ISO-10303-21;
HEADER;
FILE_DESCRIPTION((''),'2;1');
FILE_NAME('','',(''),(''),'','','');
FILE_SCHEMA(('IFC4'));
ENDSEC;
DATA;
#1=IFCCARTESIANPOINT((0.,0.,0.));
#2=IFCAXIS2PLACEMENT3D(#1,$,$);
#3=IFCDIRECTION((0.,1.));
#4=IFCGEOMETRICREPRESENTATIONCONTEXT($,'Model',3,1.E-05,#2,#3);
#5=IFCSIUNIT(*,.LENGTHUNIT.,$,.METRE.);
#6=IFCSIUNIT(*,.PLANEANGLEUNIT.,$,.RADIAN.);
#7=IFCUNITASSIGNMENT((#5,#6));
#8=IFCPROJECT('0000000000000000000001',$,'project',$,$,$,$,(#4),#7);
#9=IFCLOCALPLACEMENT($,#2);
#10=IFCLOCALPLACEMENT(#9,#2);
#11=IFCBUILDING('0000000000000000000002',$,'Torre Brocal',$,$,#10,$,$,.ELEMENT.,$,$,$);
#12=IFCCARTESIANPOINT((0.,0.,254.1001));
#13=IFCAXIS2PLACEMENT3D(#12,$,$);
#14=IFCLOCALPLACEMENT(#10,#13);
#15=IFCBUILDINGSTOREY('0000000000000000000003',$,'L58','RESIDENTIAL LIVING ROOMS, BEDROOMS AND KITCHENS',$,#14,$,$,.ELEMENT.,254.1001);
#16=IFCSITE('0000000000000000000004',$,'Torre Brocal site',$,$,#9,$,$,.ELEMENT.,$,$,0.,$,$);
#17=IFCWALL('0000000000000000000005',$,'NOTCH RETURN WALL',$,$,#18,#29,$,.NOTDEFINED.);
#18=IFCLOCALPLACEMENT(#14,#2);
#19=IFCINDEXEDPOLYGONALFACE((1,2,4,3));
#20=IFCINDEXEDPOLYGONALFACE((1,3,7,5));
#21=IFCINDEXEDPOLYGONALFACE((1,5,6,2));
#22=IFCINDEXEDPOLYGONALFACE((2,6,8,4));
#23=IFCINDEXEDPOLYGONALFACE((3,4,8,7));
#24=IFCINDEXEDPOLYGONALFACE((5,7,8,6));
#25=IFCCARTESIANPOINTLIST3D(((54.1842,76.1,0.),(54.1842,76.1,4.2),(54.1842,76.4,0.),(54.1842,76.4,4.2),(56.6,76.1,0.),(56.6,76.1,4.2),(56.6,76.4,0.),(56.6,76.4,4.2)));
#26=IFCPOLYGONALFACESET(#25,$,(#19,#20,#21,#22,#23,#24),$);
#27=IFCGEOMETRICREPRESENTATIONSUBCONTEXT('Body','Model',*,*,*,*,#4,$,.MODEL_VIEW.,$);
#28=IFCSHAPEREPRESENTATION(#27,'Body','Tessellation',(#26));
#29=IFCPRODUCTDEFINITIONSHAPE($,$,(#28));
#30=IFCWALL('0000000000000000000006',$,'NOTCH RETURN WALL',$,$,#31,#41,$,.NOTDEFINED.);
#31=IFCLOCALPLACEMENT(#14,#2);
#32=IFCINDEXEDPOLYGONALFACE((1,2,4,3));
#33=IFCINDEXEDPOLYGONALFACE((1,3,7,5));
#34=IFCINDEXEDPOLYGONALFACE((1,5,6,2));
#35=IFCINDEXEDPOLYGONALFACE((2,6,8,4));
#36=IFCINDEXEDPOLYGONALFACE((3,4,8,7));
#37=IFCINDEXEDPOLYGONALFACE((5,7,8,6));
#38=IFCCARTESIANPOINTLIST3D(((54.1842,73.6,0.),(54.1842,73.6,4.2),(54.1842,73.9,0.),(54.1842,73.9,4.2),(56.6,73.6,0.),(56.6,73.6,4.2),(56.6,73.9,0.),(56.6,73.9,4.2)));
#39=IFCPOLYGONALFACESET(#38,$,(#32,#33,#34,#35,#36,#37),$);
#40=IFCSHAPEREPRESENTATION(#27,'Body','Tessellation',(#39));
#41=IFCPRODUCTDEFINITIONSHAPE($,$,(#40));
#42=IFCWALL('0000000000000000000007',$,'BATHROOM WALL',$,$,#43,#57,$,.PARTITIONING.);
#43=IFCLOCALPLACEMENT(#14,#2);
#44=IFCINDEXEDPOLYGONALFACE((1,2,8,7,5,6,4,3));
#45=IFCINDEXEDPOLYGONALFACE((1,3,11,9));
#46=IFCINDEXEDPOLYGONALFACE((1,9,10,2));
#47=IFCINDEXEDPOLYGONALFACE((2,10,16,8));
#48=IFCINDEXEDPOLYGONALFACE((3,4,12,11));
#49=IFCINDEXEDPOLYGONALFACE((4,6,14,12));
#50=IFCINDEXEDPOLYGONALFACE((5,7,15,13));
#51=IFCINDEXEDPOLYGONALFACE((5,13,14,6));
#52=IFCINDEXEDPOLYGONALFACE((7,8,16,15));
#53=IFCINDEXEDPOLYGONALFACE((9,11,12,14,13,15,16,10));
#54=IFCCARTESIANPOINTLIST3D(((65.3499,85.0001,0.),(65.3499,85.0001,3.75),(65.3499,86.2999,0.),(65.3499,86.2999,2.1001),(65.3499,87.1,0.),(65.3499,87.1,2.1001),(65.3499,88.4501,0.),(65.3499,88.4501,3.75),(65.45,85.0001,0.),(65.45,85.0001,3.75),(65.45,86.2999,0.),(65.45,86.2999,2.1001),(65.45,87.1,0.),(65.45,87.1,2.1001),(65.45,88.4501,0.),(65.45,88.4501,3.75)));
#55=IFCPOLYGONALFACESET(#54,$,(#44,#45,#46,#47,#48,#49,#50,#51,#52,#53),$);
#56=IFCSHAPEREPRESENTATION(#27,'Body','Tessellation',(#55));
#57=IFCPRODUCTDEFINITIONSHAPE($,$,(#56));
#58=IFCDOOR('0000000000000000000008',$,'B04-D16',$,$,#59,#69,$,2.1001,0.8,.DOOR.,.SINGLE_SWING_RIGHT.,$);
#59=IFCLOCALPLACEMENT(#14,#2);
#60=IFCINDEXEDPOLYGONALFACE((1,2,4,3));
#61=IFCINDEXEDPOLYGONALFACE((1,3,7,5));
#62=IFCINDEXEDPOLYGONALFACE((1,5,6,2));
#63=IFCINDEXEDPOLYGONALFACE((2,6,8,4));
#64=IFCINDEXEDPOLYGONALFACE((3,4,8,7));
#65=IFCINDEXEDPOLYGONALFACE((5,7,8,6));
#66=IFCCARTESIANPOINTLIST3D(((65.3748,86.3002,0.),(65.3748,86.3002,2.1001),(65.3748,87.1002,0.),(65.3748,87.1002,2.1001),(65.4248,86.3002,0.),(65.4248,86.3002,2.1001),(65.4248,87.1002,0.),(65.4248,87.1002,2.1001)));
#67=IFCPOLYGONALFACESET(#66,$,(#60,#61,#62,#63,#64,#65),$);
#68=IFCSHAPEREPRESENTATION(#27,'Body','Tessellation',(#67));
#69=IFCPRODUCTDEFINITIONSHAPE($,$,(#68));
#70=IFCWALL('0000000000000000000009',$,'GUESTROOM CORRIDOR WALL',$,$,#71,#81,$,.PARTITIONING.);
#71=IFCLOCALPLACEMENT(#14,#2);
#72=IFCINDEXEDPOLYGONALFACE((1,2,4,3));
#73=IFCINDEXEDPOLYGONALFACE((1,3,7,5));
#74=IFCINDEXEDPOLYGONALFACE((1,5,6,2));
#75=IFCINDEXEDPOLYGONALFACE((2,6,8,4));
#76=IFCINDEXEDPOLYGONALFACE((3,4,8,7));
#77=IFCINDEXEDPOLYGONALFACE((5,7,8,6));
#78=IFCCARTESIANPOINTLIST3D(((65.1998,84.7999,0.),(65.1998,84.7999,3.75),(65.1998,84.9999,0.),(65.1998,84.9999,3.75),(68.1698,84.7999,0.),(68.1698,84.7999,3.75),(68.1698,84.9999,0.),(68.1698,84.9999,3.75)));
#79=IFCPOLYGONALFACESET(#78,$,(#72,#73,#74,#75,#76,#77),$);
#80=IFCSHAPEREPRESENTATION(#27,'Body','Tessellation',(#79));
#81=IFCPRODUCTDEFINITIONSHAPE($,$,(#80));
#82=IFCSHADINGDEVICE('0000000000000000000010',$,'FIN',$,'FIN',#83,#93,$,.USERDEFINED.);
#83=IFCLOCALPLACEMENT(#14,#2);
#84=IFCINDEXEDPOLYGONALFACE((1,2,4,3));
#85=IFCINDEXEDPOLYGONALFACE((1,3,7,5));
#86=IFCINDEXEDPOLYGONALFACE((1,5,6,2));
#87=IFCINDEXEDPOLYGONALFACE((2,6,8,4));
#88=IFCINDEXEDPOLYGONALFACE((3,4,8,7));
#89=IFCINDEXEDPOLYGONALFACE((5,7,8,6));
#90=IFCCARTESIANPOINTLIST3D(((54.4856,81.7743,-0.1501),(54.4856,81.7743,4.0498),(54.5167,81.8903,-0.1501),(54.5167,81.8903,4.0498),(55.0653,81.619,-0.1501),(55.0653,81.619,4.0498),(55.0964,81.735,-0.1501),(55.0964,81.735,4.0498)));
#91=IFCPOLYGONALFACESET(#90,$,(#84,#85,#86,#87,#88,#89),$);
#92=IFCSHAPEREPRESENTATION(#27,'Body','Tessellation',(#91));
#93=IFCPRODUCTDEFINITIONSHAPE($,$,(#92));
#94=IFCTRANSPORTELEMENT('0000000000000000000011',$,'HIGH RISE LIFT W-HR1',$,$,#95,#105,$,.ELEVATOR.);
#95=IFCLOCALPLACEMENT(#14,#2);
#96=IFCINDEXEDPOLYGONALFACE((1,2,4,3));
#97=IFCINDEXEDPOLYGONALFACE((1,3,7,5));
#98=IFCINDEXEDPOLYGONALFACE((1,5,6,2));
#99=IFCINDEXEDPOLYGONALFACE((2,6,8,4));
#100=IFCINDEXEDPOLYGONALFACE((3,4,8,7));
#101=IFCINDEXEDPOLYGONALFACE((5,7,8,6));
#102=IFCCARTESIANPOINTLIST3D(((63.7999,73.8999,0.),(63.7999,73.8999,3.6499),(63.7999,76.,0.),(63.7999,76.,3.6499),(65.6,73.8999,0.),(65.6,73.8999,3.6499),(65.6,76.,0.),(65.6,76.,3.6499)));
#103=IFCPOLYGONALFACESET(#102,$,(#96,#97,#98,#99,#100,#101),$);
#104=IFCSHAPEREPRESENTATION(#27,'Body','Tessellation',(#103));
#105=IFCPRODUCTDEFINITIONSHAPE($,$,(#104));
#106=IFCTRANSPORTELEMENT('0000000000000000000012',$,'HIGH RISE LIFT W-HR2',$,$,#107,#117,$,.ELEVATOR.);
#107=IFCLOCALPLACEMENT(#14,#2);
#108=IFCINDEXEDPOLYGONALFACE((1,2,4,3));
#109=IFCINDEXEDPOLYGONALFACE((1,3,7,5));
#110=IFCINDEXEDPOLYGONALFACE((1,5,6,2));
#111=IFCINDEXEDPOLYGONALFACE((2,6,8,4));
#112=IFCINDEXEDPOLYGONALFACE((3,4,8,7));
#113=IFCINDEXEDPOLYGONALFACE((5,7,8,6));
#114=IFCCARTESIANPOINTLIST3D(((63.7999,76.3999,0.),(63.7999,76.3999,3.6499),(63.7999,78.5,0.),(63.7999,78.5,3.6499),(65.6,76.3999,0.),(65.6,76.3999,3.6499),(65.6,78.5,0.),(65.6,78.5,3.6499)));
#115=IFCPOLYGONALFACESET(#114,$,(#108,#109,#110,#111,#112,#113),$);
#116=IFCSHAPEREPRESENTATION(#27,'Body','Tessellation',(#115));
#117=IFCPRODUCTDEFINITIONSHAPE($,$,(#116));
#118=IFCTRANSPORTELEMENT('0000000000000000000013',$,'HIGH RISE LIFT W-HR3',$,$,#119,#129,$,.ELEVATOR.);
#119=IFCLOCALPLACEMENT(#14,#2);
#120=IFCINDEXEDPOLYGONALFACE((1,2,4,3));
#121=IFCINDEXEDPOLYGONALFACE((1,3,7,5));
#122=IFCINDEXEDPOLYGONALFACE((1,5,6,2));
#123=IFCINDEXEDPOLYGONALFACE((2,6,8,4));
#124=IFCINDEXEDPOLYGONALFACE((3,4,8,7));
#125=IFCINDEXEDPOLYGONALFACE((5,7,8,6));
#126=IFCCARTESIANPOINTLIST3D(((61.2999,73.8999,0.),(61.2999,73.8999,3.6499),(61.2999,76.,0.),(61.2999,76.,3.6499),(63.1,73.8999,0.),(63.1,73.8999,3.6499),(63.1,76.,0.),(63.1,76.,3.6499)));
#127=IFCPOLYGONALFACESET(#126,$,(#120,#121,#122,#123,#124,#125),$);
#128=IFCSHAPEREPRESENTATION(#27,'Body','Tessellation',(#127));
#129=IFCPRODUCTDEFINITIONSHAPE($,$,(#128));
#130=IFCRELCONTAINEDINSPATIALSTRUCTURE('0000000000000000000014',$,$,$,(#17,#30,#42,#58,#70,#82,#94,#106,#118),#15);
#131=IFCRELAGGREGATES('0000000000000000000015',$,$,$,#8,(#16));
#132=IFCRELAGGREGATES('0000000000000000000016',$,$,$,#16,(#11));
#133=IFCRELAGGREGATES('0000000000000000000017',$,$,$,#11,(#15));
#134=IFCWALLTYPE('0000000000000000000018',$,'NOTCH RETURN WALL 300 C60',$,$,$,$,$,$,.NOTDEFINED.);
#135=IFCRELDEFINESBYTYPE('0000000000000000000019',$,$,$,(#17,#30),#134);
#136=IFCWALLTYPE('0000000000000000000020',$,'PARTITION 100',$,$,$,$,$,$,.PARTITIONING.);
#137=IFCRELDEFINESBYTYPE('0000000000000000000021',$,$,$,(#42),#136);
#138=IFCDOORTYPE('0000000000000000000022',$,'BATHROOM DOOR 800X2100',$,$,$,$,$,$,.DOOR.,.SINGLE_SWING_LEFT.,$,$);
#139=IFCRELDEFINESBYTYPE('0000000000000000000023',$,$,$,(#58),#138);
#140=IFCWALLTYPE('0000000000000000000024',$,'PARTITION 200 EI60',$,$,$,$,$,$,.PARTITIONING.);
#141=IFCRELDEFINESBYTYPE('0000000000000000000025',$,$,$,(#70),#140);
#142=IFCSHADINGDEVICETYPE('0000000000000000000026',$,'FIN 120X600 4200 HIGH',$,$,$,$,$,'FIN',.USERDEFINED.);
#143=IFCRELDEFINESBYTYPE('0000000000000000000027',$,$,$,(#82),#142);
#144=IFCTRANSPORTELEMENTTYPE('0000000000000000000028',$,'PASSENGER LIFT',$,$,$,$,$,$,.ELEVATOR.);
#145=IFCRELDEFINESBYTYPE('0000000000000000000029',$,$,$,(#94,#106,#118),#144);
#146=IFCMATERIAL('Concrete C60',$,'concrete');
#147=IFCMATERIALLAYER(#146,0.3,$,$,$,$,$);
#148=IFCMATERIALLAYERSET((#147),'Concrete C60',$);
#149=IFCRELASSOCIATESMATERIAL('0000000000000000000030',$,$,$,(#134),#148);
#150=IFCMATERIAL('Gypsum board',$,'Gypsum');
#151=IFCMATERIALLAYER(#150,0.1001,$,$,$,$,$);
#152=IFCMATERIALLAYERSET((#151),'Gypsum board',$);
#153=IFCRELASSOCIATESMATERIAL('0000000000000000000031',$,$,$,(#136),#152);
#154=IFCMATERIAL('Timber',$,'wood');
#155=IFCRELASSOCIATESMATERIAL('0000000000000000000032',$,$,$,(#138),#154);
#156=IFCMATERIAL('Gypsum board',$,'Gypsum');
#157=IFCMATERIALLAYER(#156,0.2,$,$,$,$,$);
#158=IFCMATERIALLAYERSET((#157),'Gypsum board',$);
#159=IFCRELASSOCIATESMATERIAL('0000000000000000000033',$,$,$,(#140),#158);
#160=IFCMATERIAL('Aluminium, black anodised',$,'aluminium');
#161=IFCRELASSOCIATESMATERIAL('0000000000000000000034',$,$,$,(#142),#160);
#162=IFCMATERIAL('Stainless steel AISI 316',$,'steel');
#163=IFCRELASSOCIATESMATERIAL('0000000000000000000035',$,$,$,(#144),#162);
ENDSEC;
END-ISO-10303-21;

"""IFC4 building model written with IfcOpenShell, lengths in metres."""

from ifc_helpers import new_model, si_unit, direction, frame, frame_2d, origin, origin_2d, place, context, subcontext, project, spatial, rectangle, extrude, material, layer, layer_set, material_profile, profile_set, type_object, element, fill, save


model = new_model("IFC4")

# Units and contexts
model_context = context("Model", 3, precision=1e-05, world=origin(), true_north=direction((0.0, 1.0)))
body_context = subcontext(model_context, "Body", "Model", "MODEL_VIEW")
ifc_project = project(units=[si_unit("LENGTHUNIT", "METRE"), si_unit("PLANEANGLEUNIT", "RADIAN")], contexts=[model_context])

# Site, building, storey
site_placement = place(None, origin())
site = spatial("IfcSite", under=ifc_project, at=site_placement, Name="Torre Brocal site", CompositionType="ELEMENT", RefElevation=0.0)
building_placement = place(site_placement, origin())
building = spatial("IfcBuilding", under=site, at=building_placement, Name="Torre Brocal", CompositionType="ELEMENT")
storey_placement = place(building_placement, frame((0.0, 0.0, 254.1001)))
storey = spatial("IfcBuildingStorey", under=building, at=storey_placement, Name="L58", Description="RESIDENTIAL LIVING ROOMS, BEDROOMS AND KITCHENS", CompositionType="ELEMENT", Elevation=254.1001)

# Walls
ifc_material_1 = material(Name="Concrete C60", Category="concrete")
ifc_layer_1 = layer(ifc_material_1, 0.3)
ifc_layer_set_1 = layer_set([ifc_layer_1], Name="Concrete C60")
wall_type_1 = type_object("IfcWallType", Name="NOTCH RETURN WALL 300 C60", PredefinedType="NOTDEFINED", material=ifc_layer_set_1)
for number, where, z_axis, x_axis, name in (
    (1, (56.6001, 76.25, 0.0), (0.0, 0.0, 1.0), (-1.0, 0.0, 0.0), "NOTCH RETURN WALL"),
    (2, (56.6001, 73.75, 0.0), (0.0, 0.0, 1.0), (-1.0, 0.0, 0.0), "NOTCH RETURN WALL"),
):
    element("IfcWall", number, at=place(storey_placement, frame(where, z_axis=z_axis, x_axis=x_axis)), inside=storey, type_object=wall_type_1, Name=name, PredefinedType="NOTDEFINED", context=body_context, shape_type="SweptSolid", body=[
        extrude(rectangle(XDim=2.4158, YDim=0.3, at=frame_2d((1.208, 0.0))), origin(), (0.0, 0.0, 1.0), 4.2),
    ])

# Wall, opening, door
ifc_material_2 = material(Name="Gypsum board", Category="Gypsum")
ifc_layer_2 = layer(ifc_material_2, 0.1001)
ifc_layer_set_2 = layer_set([ifc_layer_2], Name="Gypsum board")
wall_type_2 = type_object("IfcWallType", Name="PARTITION 100", PredefinedType="PARTITIONING", material=ifc_layer_set_2)
wall_1_placement = place(storey_placement, frame((65.3999, 85.0, 0.0), z_axis=(0.0, 0.0, 1.0), x_axis=(0.0, 1.0, 0.0)))
wall_1 = element("IfcWall", 3, at=wall_1_placement, inside=storey, type_object=wall_type_2, Name="BATHROOM WALL", PredefinedType="PARTITIONING", context=body_context, shape_type="SweptSolid", body=[
    extrude(rectangle(XDim=3.45, YDim=0.1001, at=frame_2d((1.7251, 0.0))), origin(), (0.0, 0.0, 1.0), 3.75),
])
opening_placement = place(wall_1_placement, frame((1.3, 0.0, 0.0)))
opening = element("IfcOpeningElement", 4, at=opening_placement, cuts=wall_1, PredefinedType="OPENING", context=body_context, shape_type="SweptSolid", body=[
    extrude(rectangle(XDim=0.8, YDim=2.1001, at=frame_2d((0.3999, 1.05))), frame((0.0, 0.0601, 0.0), z_axis=(0.0, -1.0, 0.0), x_axis=(1.0, 0.0, 0.0)), (0.0, 0.0, 1.0), 0.1201),
])
ifc_material_3 = material(Name="Timber", Category="wood")
door_type = type_object("IfcDoorType", Name="BATHROOM DOOR 800X2100", OperationType="SINGLE_SWING_LEFT", PredefinedType="DOOR", material=ifc_material_3)
door_placement = place(opening_placement, frame((0.8, 0.0, 0.0), z_axis=(0.0, 0.0, 1.0), x_axis=(-1.0, 0.0, 0.0)))
door = element("IfcDoor", 5, at=door_placement, inside=storey, type_object=door_type, Name="B04-D16", OperationType="SINGLE_SWING_RIGHT", OverallHeight=2.1001, OverallWidth=0.8, PredefinedType="DOOR", context=body_context, shape_type="SweptSolid", body=[
    extrude(rectangle(XDim=0.8, YDim=2.1001, at=frame_2d((0.3999, 1.05))), frame((0.0, 0.0249, 0.0), z_axis=(0.0, -1.0, 0.0), x_axis=(1.0, 0.0, 0.0)), (0.0, 0.0, 1.0), 0.05),
])
fill(opening, door)

# Wall
ifc_material_4 = material(Name="Gypsum board", Category="Gypsum")
ifc_layer_3 = layer(ifc_material_4, 0.2)
ifc_layer_set_3 = layer_set([ifc_layer_3], Name="Gypsum board")
wall_type_3 = type_object("IfcWallType", Name="PARTITION 200 EI60", PredefinedType="PARTITIONING", material=ifc_layer_set_3)
wall_2_placement = place(storey_placement, frame((65.2, 84.8999, 0.0), z_axis=(0.0, 0.0, 1.0), x_axis=(1.0, 0.0, 0.0)))
element("IfcWall", 6, at=wall_2_placement, inside=storey, type_object=wall_type_3, Name="GUESTROOM CORRIDOR WALL", PredefinedType="PARTITIONING", context=body_context, shape_type="SweptSolid", body=[
    extrude(rectangle(XDim=2.97, YDim=0.2, at=frame_2d((1.4849, 0.0))), origin(), (0.0, 0.0, 1.0), 3.75),
])

# Shading device
ifc_material_5 = material(Name="Aluminium, black anodised", Category="aluminium")
ifc_material_profile_1 = material_profile(ifc_material_5, rectangle(XDim=0.1201, YDim=0.6001, at=origin_2d()), Name="FIN 120X600 4200 HIGH")
ifc_profile_set_1 = profile_set([ifc_material_profile_1], Name="Aluminium, black anodised")
shading_device_type = type_object("IfcShadingDeviceType", Name="FIN 120X600 4200 HIGH", ElementType="FIN", PredefinedType="USERDEFINED", material=ifc_profile_set_1)
shading_device_placement = place(storey_placement, frame((54.791, 81.7546, -0.1501), z_axis=(0.0, 0.0, 1.0), x_axis=(-0.258819, -0.965926, 0.0)))
element("IfcShadingDevice", 7, at=shading_device_placement, inside=storey, type_object=shading_device_type, Name="FIN", ObjectType="FIN", PredefinedType="USERDEFINED", context=body_context, shape_type="SweptSolid", body=[
    extrude(rectangle(XDim=0.1201, YDim=0.6001, at=origin_2d()), origin(), (0.0, 0.0, 1.0), 4.2),
])

# Transport elements
ifc_material_6 = material(Name="Stainless steel AISI 316", Category="steel")
transport_element_type = type_object("IfcTransportElementType", Name="PASSENGER LIFT", PredefinedType="ELEVATOR", material=ifc_material_6)
for number, where, z_axis, x_axis, name in (
    (8, (64.7, 74.95, 0.0), (0.0, 0.0, 1.0), (1.0, 0.0, 0.0), "HIGH RISE LIFT W-HR1"),
    (9, (64.7, 77.45, 0.0), (0.0, 0.0, 1.0), (1.0, 0.0, 0.0), "HIGH RISE LIFT W-HR2"),
    (10, (62.2, 74.95, 0.0), (0.0, 0.0, 1.0), (1.0, 0.0, 0.0), "HIGH RISE LIFT W-HR3"),
):
    element("IfcTransportElement", number, at=place(storey_placement, frame(where, z_axis=z_axis, x_axis=x_axis)), inside=storey, type_object=transport_element_type, Name=name, PredefinedType="ELEVATOR", context=body_context, shape_type="SweptSolid", body=[
        extrude(rectangle(XDim=1.8, YDim=2.1001, at=origin_2d()), origin(), (0.0, 0.0, 1.0), 3.6499),
    ])

save(model, "model.ifc")
